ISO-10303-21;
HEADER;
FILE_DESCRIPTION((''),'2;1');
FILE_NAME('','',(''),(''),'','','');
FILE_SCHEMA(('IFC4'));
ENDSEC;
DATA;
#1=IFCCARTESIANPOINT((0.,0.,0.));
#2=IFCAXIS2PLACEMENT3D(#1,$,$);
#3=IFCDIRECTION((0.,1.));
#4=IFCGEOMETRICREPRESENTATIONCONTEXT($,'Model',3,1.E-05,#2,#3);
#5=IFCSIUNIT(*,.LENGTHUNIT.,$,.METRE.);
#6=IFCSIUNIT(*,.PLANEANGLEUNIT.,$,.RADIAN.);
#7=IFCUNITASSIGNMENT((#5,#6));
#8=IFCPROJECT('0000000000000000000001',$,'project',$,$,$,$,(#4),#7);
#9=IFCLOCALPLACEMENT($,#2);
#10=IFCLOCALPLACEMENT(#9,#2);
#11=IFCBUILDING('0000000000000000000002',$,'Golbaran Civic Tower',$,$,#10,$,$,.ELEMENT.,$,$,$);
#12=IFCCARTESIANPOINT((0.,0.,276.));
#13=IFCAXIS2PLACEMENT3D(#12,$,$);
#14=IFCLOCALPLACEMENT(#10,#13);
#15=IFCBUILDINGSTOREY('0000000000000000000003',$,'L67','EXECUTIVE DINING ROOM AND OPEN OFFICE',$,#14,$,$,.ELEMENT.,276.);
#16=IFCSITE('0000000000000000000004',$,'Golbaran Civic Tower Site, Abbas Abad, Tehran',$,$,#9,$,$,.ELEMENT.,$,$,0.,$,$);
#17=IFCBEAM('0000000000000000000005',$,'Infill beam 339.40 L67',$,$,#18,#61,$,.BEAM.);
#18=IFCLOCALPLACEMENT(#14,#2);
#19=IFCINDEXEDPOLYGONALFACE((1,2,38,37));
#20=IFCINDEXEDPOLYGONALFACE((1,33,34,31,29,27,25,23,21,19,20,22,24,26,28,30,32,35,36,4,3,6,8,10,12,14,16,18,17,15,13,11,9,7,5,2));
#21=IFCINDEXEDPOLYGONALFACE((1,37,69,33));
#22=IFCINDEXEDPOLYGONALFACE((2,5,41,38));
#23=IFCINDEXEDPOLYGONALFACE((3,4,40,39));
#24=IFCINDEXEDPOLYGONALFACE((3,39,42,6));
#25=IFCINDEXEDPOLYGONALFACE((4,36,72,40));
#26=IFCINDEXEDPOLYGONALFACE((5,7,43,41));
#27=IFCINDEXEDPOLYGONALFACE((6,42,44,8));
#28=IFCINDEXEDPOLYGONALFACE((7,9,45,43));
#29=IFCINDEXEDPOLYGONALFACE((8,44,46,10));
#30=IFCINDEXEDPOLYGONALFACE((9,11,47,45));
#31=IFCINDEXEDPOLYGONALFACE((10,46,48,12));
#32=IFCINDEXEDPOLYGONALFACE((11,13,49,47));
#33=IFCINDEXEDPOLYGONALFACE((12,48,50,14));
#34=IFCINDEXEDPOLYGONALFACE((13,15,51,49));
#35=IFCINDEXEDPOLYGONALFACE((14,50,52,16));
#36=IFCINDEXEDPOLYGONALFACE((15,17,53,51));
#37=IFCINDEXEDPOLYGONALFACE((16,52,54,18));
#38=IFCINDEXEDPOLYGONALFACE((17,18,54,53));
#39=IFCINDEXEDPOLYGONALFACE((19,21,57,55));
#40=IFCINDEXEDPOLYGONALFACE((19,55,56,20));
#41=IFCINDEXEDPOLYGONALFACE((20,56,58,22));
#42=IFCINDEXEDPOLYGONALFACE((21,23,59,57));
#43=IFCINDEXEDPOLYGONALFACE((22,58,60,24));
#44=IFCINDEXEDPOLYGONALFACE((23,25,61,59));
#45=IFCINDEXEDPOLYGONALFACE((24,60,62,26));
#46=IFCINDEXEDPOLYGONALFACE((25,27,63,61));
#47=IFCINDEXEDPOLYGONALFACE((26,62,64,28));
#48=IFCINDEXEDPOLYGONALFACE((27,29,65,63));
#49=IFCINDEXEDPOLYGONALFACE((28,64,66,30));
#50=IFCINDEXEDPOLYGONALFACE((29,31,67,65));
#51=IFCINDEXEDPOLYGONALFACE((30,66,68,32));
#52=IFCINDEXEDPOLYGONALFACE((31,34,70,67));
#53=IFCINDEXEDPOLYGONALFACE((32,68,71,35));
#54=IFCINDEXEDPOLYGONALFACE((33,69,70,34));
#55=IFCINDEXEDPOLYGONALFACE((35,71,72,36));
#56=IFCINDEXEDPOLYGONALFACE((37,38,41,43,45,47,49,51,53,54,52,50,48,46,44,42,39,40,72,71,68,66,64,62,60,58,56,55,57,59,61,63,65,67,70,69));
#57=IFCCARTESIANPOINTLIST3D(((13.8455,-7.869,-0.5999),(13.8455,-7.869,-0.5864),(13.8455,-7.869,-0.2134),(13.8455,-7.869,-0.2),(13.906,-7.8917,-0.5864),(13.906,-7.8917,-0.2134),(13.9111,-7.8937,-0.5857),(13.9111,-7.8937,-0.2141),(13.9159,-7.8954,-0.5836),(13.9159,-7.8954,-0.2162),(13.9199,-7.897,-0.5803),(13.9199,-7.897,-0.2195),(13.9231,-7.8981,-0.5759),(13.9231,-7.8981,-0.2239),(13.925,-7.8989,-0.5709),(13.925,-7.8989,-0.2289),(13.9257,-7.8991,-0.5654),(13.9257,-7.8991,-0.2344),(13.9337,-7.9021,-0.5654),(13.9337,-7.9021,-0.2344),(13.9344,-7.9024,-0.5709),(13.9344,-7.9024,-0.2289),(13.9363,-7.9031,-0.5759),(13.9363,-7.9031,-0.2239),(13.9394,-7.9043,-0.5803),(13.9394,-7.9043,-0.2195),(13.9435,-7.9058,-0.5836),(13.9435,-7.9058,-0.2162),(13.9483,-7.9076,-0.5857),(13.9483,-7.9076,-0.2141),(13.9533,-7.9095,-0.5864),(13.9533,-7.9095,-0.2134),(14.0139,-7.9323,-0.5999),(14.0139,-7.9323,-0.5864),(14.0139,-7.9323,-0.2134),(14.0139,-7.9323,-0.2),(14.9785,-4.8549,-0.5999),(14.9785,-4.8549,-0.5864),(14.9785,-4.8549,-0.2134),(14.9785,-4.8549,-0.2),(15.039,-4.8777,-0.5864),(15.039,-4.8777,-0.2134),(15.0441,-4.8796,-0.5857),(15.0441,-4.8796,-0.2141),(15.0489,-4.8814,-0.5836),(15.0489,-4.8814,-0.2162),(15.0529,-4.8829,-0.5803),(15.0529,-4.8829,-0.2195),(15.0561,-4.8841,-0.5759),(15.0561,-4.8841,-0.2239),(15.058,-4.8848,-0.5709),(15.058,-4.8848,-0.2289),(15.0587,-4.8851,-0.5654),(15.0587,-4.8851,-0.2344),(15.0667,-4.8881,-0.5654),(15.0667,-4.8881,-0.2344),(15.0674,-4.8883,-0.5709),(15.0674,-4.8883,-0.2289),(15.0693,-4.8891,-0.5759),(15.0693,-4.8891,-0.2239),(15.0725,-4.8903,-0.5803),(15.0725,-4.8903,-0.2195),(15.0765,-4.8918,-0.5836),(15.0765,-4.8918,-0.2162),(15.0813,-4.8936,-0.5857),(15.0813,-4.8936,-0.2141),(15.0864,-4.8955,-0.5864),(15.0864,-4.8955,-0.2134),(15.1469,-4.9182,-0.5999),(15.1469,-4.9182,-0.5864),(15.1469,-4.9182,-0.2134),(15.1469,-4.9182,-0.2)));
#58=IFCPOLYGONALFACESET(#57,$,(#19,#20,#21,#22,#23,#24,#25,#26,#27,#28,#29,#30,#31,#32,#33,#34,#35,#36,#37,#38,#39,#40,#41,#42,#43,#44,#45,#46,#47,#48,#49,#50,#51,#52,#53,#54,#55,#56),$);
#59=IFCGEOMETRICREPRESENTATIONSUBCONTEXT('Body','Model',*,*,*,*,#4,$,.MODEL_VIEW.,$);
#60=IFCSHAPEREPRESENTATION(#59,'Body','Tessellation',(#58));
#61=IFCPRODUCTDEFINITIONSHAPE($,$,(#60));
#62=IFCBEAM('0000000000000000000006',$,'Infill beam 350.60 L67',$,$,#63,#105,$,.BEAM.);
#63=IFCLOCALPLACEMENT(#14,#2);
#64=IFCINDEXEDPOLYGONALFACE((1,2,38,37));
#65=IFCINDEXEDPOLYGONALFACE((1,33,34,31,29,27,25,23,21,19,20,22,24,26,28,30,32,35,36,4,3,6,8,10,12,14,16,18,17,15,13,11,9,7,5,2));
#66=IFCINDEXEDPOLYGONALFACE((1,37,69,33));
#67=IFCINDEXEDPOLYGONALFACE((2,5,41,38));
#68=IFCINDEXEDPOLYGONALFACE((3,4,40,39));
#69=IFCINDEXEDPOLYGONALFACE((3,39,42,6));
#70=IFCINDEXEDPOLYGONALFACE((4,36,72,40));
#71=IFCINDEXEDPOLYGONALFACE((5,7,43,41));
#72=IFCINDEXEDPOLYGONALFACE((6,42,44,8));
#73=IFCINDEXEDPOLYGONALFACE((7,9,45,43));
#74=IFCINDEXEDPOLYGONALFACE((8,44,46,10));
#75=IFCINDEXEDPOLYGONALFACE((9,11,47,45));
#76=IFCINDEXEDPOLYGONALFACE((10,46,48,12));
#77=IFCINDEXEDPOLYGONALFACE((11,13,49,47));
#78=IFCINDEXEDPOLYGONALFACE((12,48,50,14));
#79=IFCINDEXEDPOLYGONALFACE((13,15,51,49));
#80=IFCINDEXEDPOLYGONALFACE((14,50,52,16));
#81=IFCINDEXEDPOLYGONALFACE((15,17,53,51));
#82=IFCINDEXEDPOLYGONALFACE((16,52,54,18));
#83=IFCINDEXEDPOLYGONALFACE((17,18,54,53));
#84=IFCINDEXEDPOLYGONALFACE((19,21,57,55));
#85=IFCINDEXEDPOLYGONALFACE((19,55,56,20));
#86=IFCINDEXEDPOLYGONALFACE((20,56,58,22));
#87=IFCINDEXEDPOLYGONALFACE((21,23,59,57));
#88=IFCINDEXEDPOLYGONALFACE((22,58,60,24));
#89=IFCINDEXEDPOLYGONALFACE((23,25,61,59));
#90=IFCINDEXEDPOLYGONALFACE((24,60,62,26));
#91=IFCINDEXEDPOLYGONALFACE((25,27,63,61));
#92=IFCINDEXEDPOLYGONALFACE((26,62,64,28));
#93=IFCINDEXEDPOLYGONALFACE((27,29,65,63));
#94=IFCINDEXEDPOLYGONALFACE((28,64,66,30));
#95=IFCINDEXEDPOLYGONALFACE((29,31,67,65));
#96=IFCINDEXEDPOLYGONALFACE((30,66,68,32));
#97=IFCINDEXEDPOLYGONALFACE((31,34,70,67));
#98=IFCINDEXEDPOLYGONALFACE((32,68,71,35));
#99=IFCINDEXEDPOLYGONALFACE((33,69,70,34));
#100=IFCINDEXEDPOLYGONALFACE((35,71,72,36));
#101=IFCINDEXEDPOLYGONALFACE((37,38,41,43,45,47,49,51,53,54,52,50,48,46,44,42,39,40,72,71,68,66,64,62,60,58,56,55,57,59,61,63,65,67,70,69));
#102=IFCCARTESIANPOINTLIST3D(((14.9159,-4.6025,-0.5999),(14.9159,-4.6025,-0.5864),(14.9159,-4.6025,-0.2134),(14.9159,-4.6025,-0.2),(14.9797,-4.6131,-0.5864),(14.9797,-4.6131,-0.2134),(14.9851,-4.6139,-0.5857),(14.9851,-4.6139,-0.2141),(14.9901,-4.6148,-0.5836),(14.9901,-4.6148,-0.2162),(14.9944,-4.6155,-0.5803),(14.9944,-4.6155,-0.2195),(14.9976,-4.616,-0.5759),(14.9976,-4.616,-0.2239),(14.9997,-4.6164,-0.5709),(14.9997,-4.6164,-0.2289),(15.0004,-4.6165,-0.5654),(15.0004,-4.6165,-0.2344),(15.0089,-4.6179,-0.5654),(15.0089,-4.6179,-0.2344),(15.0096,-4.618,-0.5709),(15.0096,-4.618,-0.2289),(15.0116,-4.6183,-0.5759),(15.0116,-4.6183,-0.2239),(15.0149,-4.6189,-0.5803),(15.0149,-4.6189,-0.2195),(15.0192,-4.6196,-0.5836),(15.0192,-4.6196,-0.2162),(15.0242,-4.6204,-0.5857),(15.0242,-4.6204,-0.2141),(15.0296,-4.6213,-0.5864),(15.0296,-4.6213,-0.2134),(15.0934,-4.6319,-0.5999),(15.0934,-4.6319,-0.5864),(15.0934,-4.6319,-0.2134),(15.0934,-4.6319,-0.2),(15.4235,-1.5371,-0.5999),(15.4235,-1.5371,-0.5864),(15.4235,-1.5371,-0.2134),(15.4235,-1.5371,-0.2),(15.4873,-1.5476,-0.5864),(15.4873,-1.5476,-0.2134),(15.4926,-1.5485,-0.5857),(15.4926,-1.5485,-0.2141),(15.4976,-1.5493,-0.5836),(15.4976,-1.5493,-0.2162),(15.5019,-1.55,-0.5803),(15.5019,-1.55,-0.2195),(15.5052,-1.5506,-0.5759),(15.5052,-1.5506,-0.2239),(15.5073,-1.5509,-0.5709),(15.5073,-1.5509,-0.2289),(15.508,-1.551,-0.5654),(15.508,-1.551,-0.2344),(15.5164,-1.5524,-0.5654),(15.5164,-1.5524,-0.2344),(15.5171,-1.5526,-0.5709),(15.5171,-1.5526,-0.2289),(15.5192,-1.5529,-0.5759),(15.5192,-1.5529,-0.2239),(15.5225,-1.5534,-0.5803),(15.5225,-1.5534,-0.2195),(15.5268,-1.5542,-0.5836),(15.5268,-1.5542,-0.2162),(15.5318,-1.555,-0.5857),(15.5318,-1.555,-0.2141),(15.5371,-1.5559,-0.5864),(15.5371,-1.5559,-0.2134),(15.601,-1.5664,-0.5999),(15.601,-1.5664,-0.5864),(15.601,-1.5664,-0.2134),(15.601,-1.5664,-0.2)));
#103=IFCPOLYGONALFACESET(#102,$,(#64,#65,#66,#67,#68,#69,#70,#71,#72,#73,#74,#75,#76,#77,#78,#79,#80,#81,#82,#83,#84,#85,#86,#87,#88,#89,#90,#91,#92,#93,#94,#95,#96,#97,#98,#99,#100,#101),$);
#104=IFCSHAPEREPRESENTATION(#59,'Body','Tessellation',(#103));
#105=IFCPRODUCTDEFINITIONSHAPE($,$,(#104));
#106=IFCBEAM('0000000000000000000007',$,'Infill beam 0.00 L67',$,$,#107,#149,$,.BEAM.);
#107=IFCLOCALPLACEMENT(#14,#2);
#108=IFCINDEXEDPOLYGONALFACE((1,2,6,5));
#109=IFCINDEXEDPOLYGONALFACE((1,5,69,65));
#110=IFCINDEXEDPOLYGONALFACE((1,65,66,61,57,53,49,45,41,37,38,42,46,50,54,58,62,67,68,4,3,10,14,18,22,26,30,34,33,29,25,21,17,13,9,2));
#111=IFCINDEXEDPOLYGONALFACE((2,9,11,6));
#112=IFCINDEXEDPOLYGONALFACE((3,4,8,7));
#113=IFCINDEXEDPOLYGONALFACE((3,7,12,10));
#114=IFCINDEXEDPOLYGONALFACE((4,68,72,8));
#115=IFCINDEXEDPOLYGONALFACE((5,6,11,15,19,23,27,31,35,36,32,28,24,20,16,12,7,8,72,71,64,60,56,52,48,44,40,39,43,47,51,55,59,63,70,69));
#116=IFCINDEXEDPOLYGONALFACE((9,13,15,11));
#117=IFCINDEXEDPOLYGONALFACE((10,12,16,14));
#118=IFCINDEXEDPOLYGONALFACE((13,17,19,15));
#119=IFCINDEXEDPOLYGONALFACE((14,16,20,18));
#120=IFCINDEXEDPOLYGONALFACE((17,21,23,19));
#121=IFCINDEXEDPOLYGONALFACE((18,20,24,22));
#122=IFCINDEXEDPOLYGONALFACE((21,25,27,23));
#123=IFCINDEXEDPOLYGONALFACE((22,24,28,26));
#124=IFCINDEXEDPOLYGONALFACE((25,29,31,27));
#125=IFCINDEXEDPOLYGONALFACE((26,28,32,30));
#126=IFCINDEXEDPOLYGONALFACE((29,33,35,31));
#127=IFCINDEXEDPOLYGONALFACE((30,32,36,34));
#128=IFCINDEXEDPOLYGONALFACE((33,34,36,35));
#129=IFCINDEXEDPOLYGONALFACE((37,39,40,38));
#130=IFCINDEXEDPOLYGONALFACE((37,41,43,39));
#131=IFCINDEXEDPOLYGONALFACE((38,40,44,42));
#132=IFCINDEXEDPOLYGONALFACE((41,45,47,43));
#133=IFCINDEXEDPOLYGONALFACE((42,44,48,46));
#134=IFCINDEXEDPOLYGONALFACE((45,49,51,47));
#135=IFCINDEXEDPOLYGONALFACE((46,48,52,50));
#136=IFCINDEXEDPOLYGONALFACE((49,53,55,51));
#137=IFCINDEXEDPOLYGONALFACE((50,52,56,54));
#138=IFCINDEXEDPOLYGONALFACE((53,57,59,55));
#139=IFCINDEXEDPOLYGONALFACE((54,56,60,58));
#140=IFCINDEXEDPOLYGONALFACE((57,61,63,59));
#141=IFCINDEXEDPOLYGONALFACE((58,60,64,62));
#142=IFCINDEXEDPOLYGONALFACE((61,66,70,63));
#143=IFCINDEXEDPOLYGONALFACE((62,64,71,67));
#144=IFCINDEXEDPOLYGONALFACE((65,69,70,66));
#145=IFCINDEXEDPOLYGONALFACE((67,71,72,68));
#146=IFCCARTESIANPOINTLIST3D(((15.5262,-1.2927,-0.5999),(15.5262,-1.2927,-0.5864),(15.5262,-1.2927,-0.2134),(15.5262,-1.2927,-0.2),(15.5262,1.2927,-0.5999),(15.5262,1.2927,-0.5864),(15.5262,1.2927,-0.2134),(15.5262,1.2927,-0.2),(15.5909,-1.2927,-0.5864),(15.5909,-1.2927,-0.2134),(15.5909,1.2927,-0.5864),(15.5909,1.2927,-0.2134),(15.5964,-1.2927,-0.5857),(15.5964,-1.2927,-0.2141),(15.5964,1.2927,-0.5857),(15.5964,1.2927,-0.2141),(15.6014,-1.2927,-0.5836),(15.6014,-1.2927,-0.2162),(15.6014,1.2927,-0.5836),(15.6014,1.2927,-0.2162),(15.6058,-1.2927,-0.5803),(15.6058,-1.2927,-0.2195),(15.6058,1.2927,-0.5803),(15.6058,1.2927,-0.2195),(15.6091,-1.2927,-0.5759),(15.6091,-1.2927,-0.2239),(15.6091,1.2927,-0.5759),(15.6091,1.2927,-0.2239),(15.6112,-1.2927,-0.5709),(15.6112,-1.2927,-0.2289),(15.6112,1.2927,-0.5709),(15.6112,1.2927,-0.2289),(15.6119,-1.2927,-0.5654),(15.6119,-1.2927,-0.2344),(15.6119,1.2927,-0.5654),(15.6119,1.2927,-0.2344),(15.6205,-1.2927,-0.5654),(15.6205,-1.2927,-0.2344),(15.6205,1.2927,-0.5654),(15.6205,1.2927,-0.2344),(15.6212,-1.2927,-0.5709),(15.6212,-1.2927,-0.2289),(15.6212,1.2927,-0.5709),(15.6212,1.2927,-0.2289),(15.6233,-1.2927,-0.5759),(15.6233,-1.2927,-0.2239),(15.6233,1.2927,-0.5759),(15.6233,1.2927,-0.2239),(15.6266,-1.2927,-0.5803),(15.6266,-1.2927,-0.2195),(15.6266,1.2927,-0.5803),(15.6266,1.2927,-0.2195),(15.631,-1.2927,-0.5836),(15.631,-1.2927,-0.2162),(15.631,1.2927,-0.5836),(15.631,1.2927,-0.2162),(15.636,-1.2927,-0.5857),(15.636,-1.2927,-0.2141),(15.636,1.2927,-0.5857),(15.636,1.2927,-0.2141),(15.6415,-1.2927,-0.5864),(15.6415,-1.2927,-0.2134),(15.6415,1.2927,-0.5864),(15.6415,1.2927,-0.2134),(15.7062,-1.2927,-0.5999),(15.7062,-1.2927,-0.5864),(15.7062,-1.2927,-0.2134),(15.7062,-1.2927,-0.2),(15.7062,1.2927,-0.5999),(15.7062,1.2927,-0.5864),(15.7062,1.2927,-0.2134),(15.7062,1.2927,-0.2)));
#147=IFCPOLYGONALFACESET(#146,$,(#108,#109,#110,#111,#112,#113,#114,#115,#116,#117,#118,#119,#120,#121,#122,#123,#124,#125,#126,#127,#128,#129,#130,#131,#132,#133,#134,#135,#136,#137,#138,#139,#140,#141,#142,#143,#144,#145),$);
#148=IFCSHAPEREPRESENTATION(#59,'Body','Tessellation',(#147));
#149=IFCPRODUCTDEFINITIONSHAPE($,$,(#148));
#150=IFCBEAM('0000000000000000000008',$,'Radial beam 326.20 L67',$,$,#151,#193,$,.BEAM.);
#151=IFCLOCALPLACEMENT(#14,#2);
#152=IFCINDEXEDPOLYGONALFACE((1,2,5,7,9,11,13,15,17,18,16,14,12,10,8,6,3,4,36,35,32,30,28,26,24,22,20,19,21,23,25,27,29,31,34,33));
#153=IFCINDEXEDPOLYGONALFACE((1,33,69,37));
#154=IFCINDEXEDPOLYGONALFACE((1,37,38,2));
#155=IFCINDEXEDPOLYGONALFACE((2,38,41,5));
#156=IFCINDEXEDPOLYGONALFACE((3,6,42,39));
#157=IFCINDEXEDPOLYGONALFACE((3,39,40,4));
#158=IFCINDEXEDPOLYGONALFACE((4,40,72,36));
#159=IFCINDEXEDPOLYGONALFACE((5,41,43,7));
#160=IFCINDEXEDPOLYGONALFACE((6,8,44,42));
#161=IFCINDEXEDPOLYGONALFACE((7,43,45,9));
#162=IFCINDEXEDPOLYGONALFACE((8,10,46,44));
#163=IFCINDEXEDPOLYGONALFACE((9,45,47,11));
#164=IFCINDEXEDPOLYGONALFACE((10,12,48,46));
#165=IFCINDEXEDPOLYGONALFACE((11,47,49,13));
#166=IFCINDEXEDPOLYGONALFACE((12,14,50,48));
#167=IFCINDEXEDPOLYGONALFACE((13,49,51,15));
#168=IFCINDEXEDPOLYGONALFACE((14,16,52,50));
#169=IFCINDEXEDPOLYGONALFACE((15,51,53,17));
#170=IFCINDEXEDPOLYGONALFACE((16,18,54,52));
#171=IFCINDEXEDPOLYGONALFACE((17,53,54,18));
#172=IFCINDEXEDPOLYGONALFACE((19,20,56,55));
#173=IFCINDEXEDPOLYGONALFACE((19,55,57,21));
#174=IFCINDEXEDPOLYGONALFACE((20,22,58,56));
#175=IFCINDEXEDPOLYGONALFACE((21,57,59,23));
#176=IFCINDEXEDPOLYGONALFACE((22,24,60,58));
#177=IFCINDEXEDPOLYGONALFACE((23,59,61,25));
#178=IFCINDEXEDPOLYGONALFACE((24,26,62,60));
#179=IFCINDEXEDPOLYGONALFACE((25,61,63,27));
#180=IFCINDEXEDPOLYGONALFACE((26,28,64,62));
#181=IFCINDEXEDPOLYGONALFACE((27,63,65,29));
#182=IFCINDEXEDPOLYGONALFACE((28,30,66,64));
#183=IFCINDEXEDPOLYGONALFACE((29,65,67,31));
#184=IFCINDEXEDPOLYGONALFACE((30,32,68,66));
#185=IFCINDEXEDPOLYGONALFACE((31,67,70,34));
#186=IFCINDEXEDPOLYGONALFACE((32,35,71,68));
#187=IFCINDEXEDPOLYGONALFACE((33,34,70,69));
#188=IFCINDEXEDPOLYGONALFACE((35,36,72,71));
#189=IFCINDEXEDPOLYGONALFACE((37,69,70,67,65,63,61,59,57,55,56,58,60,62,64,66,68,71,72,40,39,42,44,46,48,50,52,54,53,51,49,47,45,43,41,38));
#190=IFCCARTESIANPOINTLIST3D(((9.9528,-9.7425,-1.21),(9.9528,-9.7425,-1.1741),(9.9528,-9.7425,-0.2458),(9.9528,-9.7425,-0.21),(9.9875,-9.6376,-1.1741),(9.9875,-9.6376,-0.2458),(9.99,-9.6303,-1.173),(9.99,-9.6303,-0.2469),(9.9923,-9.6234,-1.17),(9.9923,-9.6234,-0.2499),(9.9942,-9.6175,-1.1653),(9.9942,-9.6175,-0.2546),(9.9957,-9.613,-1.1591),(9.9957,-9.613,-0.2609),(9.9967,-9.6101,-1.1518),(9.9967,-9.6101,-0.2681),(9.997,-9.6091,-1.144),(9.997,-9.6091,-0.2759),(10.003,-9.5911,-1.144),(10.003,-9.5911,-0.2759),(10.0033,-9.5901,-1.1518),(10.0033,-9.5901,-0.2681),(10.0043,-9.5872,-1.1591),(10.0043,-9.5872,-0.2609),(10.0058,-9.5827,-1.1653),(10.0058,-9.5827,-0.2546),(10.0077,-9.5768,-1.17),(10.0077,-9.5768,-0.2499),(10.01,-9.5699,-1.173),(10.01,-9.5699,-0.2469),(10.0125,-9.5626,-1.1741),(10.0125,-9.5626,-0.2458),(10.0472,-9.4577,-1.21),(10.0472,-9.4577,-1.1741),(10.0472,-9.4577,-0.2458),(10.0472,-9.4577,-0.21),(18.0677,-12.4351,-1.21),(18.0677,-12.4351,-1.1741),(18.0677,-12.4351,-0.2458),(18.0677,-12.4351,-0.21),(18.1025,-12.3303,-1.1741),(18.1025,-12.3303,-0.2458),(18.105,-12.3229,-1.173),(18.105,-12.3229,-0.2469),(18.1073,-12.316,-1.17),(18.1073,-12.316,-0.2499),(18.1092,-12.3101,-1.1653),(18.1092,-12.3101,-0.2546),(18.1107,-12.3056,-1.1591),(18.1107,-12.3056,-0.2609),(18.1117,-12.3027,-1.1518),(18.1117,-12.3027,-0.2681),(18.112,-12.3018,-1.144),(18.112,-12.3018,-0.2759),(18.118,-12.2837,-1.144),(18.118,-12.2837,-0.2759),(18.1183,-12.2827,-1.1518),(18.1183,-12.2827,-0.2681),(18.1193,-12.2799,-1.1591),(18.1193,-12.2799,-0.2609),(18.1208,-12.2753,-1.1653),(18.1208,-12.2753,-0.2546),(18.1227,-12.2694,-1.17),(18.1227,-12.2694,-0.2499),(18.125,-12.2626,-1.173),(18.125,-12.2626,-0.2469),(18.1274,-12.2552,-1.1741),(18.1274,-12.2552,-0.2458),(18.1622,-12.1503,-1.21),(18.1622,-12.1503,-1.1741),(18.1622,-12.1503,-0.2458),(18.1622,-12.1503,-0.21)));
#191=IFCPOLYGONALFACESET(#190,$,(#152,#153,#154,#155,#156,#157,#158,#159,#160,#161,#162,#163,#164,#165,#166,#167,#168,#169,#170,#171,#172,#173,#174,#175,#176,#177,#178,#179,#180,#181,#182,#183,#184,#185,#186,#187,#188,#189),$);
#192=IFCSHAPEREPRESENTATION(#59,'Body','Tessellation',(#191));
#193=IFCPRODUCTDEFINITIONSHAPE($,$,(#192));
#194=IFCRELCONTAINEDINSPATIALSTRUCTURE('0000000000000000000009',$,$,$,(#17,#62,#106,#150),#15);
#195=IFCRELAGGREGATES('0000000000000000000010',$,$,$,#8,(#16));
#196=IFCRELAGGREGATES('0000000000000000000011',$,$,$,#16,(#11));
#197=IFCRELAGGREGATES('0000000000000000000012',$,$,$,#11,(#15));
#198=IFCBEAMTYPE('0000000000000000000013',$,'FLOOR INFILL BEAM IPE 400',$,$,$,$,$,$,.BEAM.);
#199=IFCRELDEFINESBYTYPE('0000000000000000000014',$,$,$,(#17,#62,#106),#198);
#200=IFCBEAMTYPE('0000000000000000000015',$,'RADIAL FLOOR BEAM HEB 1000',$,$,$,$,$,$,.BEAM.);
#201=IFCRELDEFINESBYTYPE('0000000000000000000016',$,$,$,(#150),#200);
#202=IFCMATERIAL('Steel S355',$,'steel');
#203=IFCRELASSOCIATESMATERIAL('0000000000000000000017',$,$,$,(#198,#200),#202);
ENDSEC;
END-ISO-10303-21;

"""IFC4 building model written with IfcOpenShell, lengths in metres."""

from ifc_helpers import new_model, si_unit, direction, frame, origin, origin_2d, place, context, subcontext, project, spatial, i_section, extrude, material, material_profile, profile_set, type_object, element, save


model = new_model("IFC4")

# Units and contexts
model_context = context("Model", 3, precision=1e-05, world=origin(), true_north=direction((0.0, 1.0)))
body_context = subcontext(model_context, "Body", "Model", "MODEL_VIEW")
ifc_project = project(units=[si_unit("LENGTHUNIT", "METRE"), si_unit("PLANEANGLEUNIT", "RADIAN")], contexts=[model_context])

# Site, building, storey
site_placement = place(None, origin())
site = spatial("IfcSite", under=ifc_project, at=site_placement, Name="Golbaran Civic Tower Site, Abbas Abad, Tehran", CompositionType="ELEMENT", RefElevation=0.0)
building_placement = place(site_placement, origin())
building = spatial("IfcBuilding", under=site, at=building_placement, Name="Golbaran Civic Tower", CompositionType="ELEMENT")
storey_placement = place(building_placement, frame((0.0, 0.0, 276.0)))
storey = spatial("IfcBuildingStorey", under=building, at=storey_placement, Name="L67", Description="EXECUTIVE DINING ROOM AND OPEN OFFICE", CompositionType="ELEMENT", Elevation=276.0)

# Beams
ifc_material_1 = material(Name="Steel S355", Category="steel")
ifc_material_profile_1 = material_profile(ifc_material_1, i_section(OverallWidth=0.1799, OverallDepth=0.3999, WebThickness=0.0085, FlangeThickness=0.0134, FilletRadius=0.021, at=origin_2d()), Name="IPE 400")
ifc_profile_set_1 = profile_set([ifc_material_profile_1], Name="Steel S355")
beam_type_1 = type_object("IfcBeamType", Name="FLOOR INFILL BEAM IPE 400", PredefinedType="BEAM", material=ifc_profile_set_1)
beam_1_placement = place(storey_placement, frame((13.9297, -7.9006, -0.3999), z_axis=(0.351871, 0.936048, 0.0), x_axis=(-0.936048, 0.351871, 0.0)))
element("IfcBeam", 1, at=beam_1_placement, inside=storey, type_object=beam_type_1, Name="Infill beam 339.40 L67", PredefinedType="BEAM", context=body_context, shape_type="SweptSolid", body=[
    extrude(i_section(OverallWidth=0.1799, OverallDepth=0.3999, WebThickness=0.0085, FlangeThickness=0.0134, FilletRadius=0.021, at=origin_2d()), origin(), (0.0, 0.0, 1.0), 3.22),
])
beam_2_placement = place(storey_placement, frame((15.0046, -4.6172, -0.3999), z_axis=(0.163354, 0.986568, 0.0), x_axis=(-0.986568, 0.163354, 0.0)))
element("IfcBeam", 2, at=beam_2_placement, inside=storey, type_object=beam_type_1, Name="Infill beam 350.60 L67", PredefinedType="BEAM", context=body_context, shape_type="SweptSolid", body=[
    extrude(i_section(OverallWidth=0.1799, OverallDepth=0.3999, WebThickness=0.0085, FlangeThickness=0.0134, FilletRadius=0.021, at=origin_2d()), origin(), (0.0, 0.0, 1.0), 3.1072),
])
beam_3_placement = place(storey_placement, frame((15.6162, -1.2927, -0.3999), z_axis=(0.0, 1.0, 0.0), x_axis=(-1.0, 0.0, 0.0)))
element("IfcBeam", 3, at=beam_3_placement, inside=storey, type_object=beam_type_1, Name="Infill beam 0.00 L67", PredefinedType="BEAM", context=body_context, shape_type="SweptSolid", body=[
    extrude(i_section(OverallWidth=0.1799, OverallDepth=0.3999, WebThickness=0.0085, FlangeThickness=0.0134, FilletRadius=0.021, at=origin_2d()), origin(), (0.0, 0.0, 1.0), 2.5854),
])
ifc_material_profile_2 = material_profile(ifc_material_1, i_section(OverallWidth=0.3, OverallDepth=1.0, WebThickness=0.019, FlangeThickness=0.0359, FilletRadius=0.03, at=origin_2d()), Name="HEB 1000")
ifc_profile_set_2 = profile_set([ifc_material_profile_2], Name="Steel S355")
beam_type_2 = type_object("IfcBeamType", Name="RADIAL FLOOR BEAM HEB 1000", PredefinedType="BEAM", material=ifc_profile_set_2)
beam_4_placement = place(storey_placement, frame((10.0, -9.6001, -0.71), z_axis=(0.949116, -0.314925, 0.0), x_axis=(0.314925, 0.949116, 0.0)))
element("IfcBeam", 4, at=beam_4_placement, inside=storey, type_object=beam_type_2, Name="Radial beam 326.20 L67", PredefinedType="BEAM", context=body_context, shape_type="SweptSolid", body=[
    extrude(i_section(OverallWidth=0.3, OverallDepth=1.0, WebThickness=0.019, FlangeThickness=0.0359, FilletRadius=0.03, at=origin_2d()), origin(), (0.0, 0.0, 1.0), 8.55),
])

save(model, "model.ifc")
